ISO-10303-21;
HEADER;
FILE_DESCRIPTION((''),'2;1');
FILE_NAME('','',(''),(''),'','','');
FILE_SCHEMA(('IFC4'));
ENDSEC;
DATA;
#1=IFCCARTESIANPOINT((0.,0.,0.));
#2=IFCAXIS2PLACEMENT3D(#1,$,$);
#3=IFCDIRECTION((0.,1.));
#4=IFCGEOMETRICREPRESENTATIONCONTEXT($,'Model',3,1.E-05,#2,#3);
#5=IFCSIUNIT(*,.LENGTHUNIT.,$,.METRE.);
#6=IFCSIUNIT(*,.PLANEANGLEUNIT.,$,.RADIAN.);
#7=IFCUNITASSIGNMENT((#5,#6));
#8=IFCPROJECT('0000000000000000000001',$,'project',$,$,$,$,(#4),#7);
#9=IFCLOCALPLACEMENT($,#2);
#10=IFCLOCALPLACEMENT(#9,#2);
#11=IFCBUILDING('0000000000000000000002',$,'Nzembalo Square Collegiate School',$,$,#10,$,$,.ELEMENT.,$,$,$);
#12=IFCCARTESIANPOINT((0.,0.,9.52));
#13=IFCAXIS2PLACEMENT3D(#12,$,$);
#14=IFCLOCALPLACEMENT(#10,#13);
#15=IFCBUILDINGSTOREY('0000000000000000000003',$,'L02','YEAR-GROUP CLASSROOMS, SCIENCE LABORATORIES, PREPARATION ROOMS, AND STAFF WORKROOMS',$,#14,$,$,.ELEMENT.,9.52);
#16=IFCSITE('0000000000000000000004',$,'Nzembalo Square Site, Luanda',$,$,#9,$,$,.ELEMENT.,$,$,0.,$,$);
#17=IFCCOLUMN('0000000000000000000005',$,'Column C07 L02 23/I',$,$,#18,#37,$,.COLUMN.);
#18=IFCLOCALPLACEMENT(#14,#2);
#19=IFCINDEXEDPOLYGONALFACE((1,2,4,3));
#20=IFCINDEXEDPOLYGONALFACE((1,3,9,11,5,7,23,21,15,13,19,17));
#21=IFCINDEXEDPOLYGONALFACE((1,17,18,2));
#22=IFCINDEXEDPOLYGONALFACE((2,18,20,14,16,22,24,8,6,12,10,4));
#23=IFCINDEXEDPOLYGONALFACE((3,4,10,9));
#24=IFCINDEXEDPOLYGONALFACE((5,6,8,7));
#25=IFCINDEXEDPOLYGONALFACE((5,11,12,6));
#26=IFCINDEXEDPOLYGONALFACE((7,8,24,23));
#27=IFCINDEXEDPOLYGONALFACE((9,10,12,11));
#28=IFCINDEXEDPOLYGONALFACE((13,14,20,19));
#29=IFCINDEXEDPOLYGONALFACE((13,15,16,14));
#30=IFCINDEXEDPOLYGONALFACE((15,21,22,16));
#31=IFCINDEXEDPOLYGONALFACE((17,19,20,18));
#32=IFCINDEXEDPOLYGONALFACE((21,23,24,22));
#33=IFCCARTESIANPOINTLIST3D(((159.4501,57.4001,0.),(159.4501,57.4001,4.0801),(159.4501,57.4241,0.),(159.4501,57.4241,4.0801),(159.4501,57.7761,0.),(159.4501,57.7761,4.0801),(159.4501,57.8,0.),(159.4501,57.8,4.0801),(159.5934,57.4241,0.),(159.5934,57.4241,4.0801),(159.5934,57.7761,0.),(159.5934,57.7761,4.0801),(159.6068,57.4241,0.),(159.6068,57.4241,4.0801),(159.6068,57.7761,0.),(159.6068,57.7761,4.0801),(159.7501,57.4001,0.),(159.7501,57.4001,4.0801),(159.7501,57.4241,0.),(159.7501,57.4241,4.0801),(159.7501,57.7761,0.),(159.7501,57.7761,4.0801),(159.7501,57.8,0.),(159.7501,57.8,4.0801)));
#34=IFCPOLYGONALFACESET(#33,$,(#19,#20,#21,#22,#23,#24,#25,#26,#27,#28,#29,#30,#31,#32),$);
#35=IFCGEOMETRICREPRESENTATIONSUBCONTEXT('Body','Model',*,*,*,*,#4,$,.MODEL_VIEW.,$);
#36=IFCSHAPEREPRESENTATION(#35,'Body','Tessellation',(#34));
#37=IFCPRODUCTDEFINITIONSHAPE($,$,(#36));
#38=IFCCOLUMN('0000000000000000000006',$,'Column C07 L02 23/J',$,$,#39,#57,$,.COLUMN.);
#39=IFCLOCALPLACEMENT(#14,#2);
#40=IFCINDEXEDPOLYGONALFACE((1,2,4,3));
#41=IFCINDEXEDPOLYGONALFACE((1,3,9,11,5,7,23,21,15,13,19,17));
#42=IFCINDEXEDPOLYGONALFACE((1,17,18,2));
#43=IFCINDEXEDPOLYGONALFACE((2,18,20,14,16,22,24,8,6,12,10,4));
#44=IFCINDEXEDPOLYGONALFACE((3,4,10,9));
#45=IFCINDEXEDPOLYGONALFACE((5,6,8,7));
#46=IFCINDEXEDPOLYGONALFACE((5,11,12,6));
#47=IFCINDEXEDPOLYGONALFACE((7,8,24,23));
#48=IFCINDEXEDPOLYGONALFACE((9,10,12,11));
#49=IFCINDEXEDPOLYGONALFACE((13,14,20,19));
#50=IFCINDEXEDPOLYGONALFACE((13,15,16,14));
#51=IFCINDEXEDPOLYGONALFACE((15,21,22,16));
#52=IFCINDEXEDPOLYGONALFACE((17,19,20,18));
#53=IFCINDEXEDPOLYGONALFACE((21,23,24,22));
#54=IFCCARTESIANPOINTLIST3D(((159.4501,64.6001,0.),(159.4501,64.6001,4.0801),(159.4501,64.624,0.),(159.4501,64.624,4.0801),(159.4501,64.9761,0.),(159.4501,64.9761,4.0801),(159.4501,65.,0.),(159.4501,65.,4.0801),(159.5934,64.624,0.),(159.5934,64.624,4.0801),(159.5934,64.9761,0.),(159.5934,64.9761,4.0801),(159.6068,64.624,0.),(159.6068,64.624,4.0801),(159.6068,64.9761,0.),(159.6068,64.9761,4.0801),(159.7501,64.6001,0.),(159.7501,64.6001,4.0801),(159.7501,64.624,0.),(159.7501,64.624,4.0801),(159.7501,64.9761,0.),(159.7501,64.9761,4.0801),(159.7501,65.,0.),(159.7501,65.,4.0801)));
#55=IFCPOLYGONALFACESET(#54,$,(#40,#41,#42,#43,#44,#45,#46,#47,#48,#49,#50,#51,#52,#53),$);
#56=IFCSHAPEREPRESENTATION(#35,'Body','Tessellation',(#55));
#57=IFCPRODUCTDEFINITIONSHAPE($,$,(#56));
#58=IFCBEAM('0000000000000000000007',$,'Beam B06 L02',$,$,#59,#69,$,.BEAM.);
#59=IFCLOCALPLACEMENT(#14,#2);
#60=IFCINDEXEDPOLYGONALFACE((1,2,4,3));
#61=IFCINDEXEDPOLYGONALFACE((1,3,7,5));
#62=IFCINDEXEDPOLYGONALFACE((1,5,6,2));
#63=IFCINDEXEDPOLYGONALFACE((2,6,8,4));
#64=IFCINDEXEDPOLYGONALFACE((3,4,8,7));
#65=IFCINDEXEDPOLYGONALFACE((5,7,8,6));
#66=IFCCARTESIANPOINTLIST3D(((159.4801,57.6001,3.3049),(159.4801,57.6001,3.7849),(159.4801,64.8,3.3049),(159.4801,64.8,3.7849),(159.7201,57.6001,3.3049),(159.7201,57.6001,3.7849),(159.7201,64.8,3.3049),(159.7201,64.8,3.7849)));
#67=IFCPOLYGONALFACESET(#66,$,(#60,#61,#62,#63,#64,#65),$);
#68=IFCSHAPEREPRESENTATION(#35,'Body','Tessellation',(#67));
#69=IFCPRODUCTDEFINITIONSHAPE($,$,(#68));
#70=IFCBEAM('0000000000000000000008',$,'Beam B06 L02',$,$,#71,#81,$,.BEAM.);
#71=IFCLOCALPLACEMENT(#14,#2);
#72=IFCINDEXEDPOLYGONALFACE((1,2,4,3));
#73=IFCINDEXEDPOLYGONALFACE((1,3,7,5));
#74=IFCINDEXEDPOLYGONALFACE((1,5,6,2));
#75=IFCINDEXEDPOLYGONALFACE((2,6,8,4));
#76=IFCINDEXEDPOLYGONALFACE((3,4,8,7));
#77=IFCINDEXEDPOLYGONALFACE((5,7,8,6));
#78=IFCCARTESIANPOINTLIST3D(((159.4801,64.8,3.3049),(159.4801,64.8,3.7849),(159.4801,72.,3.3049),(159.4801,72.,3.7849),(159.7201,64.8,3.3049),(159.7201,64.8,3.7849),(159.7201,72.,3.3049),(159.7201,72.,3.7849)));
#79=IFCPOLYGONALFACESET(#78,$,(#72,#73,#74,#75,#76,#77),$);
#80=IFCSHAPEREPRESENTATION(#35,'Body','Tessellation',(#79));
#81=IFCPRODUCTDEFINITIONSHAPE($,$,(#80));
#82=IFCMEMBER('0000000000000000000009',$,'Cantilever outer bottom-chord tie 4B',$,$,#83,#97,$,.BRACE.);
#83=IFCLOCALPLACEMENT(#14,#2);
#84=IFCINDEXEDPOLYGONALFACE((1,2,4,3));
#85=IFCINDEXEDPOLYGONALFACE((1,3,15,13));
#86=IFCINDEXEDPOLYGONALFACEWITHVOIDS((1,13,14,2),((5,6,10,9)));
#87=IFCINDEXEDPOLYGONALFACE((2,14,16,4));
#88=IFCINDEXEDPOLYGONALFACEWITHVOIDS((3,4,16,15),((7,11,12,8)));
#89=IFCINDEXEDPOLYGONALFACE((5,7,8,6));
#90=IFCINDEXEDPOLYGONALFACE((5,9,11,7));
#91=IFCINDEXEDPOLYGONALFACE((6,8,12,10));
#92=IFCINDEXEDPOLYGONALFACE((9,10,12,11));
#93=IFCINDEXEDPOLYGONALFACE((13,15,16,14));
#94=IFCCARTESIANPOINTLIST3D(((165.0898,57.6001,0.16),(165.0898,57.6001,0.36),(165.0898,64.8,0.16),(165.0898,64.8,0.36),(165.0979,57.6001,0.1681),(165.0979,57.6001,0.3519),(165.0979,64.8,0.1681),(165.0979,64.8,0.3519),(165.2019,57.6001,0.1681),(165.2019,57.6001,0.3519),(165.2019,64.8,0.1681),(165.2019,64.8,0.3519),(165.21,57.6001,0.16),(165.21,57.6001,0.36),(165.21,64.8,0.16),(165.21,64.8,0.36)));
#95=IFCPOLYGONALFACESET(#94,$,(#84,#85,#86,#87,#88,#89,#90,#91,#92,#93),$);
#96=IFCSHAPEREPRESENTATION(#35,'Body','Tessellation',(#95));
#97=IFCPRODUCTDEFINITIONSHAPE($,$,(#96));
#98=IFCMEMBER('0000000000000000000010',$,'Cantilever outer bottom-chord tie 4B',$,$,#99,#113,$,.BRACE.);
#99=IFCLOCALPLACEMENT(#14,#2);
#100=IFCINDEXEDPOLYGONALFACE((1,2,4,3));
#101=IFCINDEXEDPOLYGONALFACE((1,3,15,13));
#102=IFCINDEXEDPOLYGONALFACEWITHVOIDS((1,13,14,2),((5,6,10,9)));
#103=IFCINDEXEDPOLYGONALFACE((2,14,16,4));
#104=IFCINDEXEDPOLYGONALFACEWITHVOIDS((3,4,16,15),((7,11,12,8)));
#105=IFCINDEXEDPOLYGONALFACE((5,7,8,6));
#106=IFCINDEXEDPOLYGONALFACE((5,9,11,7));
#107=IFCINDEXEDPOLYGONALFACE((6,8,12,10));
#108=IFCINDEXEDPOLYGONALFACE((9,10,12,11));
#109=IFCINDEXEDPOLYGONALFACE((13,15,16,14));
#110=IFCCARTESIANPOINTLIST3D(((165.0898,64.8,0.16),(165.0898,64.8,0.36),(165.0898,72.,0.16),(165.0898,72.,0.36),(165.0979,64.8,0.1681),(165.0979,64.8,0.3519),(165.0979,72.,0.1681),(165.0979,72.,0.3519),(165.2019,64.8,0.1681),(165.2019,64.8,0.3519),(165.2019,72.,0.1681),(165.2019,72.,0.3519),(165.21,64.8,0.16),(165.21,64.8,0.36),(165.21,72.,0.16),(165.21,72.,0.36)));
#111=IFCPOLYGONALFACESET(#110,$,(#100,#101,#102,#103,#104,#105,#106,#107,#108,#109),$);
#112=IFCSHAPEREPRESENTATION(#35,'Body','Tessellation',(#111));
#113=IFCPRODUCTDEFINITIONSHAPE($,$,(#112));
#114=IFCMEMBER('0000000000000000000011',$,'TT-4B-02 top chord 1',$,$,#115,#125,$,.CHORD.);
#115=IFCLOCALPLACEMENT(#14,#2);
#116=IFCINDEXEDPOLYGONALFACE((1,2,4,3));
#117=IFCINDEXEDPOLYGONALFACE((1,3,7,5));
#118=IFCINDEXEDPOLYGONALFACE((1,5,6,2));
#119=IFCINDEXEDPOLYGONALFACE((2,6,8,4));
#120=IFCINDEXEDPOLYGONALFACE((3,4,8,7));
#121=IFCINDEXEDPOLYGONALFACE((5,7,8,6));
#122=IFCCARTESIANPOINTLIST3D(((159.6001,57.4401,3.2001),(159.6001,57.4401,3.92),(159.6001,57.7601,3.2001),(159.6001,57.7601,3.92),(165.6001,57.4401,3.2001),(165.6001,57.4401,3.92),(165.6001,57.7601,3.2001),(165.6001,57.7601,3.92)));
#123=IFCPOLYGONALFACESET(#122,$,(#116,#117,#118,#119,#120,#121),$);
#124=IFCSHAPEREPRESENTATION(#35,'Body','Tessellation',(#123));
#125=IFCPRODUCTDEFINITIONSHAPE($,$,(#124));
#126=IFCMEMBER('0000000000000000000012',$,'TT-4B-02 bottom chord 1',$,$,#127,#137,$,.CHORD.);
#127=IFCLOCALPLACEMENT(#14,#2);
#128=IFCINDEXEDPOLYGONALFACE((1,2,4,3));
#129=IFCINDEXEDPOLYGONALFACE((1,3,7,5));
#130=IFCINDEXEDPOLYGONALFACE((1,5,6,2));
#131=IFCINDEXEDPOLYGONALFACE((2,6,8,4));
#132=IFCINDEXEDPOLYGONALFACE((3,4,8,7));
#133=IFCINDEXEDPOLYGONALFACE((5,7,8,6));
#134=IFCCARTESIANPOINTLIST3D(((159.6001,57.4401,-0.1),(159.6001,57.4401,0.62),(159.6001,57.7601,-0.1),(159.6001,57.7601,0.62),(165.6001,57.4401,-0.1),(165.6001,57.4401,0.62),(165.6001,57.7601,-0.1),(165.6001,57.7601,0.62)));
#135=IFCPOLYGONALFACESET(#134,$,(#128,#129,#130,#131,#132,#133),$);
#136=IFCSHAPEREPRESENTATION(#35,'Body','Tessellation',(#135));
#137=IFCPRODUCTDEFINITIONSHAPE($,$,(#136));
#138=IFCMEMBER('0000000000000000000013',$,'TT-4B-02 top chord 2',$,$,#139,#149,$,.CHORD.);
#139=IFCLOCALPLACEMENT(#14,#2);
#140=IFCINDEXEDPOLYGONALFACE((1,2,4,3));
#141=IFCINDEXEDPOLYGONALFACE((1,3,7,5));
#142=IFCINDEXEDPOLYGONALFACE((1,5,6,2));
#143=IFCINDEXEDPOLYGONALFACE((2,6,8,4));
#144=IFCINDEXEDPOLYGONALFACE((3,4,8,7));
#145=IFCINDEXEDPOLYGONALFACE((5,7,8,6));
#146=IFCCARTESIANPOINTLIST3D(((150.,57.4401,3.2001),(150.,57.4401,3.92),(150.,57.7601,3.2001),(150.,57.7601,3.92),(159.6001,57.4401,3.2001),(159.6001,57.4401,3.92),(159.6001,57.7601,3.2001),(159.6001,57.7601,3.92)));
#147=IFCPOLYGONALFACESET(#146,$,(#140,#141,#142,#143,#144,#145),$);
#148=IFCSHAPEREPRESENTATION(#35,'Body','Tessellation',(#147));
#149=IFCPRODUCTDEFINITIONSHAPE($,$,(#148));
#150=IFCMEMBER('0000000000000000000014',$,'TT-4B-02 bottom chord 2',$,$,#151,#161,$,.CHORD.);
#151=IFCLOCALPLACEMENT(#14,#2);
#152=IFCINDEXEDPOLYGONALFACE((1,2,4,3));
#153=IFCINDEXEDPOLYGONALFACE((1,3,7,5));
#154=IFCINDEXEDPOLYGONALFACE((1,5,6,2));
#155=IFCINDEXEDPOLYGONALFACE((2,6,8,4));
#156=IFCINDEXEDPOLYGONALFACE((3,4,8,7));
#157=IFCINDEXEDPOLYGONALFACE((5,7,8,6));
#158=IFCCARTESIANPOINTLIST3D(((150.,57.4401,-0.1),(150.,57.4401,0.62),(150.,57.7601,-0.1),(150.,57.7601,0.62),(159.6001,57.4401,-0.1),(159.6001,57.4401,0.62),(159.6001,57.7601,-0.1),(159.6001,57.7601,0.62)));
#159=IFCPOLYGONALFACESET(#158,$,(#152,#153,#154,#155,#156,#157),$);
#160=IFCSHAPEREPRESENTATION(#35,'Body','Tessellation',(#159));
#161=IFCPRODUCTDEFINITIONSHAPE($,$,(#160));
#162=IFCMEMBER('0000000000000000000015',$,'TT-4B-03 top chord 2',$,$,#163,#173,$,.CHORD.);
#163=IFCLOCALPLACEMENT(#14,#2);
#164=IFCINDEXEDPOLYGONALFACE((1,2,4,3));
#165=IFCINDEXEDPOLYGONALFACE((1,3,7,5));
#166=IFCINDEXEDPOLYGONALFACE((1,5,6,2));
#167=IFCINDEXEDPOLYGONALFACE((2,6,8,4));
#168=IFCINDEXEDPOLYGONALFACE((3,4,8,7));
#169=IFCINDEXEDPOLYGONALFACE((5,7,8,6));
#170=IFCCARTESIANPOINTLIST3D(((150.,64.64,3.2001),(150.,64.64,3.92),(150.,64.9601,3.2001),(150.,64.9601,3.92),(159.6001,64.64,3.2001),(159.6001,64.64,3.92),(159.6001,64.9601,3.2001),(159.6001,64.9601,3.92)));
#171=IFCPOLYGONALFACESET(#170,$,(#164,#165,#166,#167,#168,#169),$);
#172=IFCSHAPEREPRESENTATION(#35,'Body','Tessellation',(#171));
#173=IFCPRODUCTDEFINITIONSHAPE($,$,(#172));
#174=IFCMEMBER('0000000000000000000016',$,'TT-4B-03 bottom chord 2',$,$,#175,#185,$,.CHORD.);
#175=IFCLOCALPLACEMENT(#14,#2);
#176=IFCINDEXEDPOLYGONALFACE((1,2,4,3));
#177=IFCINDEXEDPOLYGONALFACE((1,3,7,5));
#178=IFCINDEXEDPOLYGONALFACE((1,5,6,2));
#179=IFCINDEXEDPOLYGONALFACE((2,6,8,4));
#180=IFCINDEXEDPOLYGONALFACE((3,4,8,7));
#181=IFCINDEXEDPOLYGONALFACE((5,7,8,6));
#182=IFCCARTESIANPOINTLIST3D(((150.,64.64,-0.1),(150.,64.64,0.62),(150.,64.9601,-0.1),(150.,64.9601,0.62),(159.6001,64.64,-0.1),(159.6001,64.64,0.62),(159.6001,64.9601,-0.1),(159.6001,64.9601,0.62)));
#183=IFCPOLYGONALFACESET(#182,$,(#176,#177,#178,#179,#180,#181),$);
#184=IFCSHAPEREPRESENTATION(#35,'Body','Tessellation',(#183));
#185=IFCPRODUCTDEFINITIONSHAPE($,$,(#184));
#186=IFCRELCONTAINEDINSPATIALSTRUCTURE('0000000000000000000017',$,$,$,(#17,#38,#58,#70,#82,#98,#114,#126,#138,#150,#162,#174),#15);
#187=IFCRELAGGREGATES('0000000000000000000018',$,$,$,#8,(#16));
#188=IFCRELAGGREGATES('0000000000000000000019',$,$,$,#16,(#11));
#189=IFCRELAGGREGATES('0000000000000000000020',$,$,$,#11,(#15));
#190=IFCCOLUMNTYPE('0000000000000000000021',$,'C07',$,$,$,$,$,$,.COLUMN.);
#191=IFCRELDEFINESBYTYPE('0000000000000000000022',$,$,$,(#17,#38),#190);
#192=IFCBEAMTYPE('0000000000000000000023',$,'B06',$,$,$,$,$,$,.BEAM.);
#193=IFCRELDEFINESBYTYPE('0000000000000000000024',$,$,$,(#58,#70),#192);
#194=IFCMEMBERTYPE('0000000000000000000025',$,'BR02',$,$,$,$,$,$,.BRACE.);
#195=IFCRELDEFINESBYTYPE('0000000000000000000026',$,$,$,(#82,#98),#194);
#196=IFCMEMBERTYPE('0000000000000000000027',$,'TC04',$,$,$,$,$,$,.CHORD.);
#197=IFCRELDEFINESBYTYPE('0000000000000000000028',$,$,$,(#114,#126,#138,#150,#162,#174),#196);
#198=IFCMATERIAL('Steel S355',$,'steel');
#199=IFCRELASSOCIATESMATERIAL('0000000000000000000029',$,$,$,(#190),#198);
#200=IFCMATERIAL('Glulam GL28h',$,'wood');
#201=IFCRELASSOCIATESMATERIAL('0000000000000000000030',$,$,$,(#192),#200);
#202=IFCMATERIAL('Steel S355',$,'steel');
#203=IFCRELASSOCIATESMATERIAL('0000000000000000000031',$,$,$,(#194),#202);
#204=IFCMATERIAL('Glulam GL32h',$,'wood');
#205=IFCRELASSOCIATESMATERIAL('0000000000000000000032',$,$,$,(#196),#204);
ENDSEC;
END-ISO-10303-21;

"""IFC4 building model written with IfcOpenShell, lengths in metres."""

from ifc_helpers import new_model, si_unit, direction, frame, origin, origin_2d, place, context, subcontext, project, spatial, rectangle, hollow_rectangle, i_section, extrude, material, material_profile, profile_set, type_object, element, save


model = new_model("IFC4")

# Units and contexts
model_context = context("Model", 3, precision=1e-05, world=origin(), true_north=direction((0.0, 1.0)))
body_context = subcontext(model_context, "Body", "Model", "MODEL_VIEW")
ifc_project = project(units=[si_unit("LENGTHUNIT", "METRE"), si_unit("PLANEANGLEUNIT", "RADIAN")], contexts=[model_context])

# Site, building, storey
site_placement = place(None, origin())
site = spatial("IfcSite", under=ifc_project, at=site_placement, Name="Nzembalo Square Site, Luanda", CompositionType="ELEMENT", RefElevation=0.0)
building_placement = place(site_placement, origin())
building = spatial("IfcBuilding", under=site, at=building_placement, Name="Nzembalo Square Collegiate School", CompositionType="ELEMENT")
storey_placement = place(building_placement, frame((0.0, 0.0, 9.52)))
storey = spatial("IfcBuildingStorey", under=building, at=storey_placement, Name="L02", Description="YEAR-GROUP CLASSROOMS, SCIENCE LABORATORIES, PREPARATION ROOMS, AND STAFF WORKROOMS", CompositionType="ELEMENT", Elevation=9.52)

# Columns
ifc_material_1 = material(Name="Steel S355", Category="steel")
ifc_material_profile_1 = material_profile(ifc_material_1, i_section(OverallWidth=0.3, OverallDepth=0.3999, WebThickness=0.0134, FlangeThickness=0.0239, at=origin_2d()), Name="HEB 400")
ifc_profile_set_1 = profile_set([ifc_material_profile_1], Name="Steel S355")
column_type = type_object("IfcColumnType", Name="C07", PredefinedType="COLUMN", material=ifc_profile_set_1)
for number, where, z_axis, x_axis, name in (
    (1, (159.6001, 57.6001, 0.0), (0.0, 0.0, 1.0), (1.0, 0.0, 0.0), "Column C07 L02 23/I"),
    (2, (159.6001, 64.8, 0.0), (0.0, 0.0, 1.0), (1.0, 0.0, 0.0), "Column C07 L02 23/J"),
):
    element("IfcColumn", number, at=place(storey_placement, frame(where, z_axis=z_axis, x_axis=x_axis)), inside=storey, type_object=column_type, Name=name, PredefinedType="COLUMN", context=body_context, shape_type="SweptSolid", body=[
        extrude(i_section(OverallWidth=0.3, OverallDepth=0.3999, WebThickness=0.0134, FlangeThickness=0.0239, at=origin_2d()), origin(), (0.0, 0.0, 1.0), 4.0801),
    ])

# Beams
ifc_material_2 = material(Name="Glulam GL28h", Category="wood")
ifc_material_profile_2 = material_profile(ifc_material_2, rectangle(XDim=0.24, YDim=0.48, at=origin_2d()), Name="GL28h 240x480")
ifc_profile_set_2 = profile_set([ifc_material_profile_2], Name="Glulam GL28h")
beam_type = type_object("IfcBeamType", Name="B06", PredefinedType="BEAM", material=ifc_profile_set_2)
for number, where, z_axis, x_axis, name in (
    (3, (159.6001, 57.6001, 3.5449), (0.0, 1.0, 0.0), (-1.0, 0.0, 0.0), "Beam B06 L02"),
    (4, (159.6001, 64.8, 3.5449), (0.0, 1.0, 0.0), (-1.0, 0.0, 0.0), "Beam B06 L02"),
):
    element("IfcBeam", number, at=place(storey_placement, frame(where, z_axis=z_axis, x_axis=x_axis)), inside=storey, type_object=beam_type, Name=name, PredefinedType="BEAM", context=body_context, shape_type="SweptSolid", body=[
        extrude(rectangle(XDim=0.24, YDim=0.48, at=origin_2d()), origin(), (0.0, 0.0, 1.0), 7.2),
    ])

# Members
ifc_material_3 = material(Name="Steel S355", Category="steel")
ifc_material_profile_3 = material_profile(ifc_material_3, hollow_rectangle(XDim=0.1201, YDim=0.2, WallThickness=0.0081, at=origin_2d()), Name="RHS 200x120x8")
ifc_profile_set_3 = profile_set([ifc_material_profile_3], Name="Steel S355")
member_type_1 = type_object("IfcMemberType", Name="BR02", PredefinedType="BRACE", material=ifc_profile_set_3)
for number, where, z_axis, x_axis, name in (
    (5, (165.1499, 57.6001, 0.26), (0.0, 1.0, 0.0), (-1.0, 0.0, 0.0), "Cantilever outer bottom-chord tie 4B"),
    (6, (165.1499, 64.8, 0.26), (0.0, 1.0, 0.0), (-1.0, 0.0, 0.0), "Cantilever outer bottom-chord tie 4B"),
):
    element("IfcMember", number, at=place(storey_placement, frame(where, z_axis=z_axis, x_axis=x_axis)), inside=storey, type_object=member_type_1, Name=name, PredefinedType="BRACE", context=body_context, shape_type="SweptSolid", body=[
        extrude(hollow_rectangle(XDim=0.1201, YDim=0.2, WallThickness=0.0081, at=origin_2d()), origin(), (0.0, 0.0, 1.0), 7.2),
    ])
ifc_material_4 = material(Name="Glulam GL32h", Category="wood")
ifc_material_profile_4 = material_profile(ifc_material_4, rectangle(XDim=0.3201, YDim=0.72, at=origin_2d()), Name="GL32h 320x720")
ifc_profile_set_4 = profile_set([ifc_material_profile_4], Name="Glulam GL32h")
member_type_2 = type_object("IfcMemberType", Name="TC04", PredefinedType="CHORD", material=ifc_profile_set_4)
for number, where, z_axis, x_axis, name in (
    (7, (165.6001, 57.6001, 3.5601), (-1.0, 0.0, 0.0), (0.0, -1.0, 0.0), "TT-4B-02 top chord 1"),
    (8, (165.6001, 57.6001, 0.26), (-1.0, 0.0, 0.0), (0.0, -1.0, 0.0), "TT-4B-02 bottom chord 1"),
):
    element("IfcMember", number, at=place(storey_placement, frame(where, z_axis=z_axis, x_axis=x_axis)), inside=storey, type_object=member_type_2, Name=name, PredefinedType="CHORD", context=body_context, shape_type="SweptSolid", body=[
        extrude(rectangle(XDim=0.3201, YDim=0.72, at=origin_2d()), origin(), (0.0, 0.0, 1.0), 6.0),
    ])
for number, where, z_axis, x_axis, name in (
    (9, (159.6001, 57.6001, 3.5601), (-1.0, 0.0, 0.0), (0.0, -1.0, 0.0), "TT-4B-02 top chord 2"),
    (10, (159.6001, 57.6001, 0.26), (-1.0, 0.0, 0.0), (0.0, -1.0, 0.0), "TT-4B-02 bottom chord 2"),
    (11, (159.6001, 64.8, 3.5601), (-1.0, 0.0, 0.0), (0.0, -1.0, 0.0), "TT-4B-03 top chord 2"),
    (12, (159.6001, 64.8, 0.26), (-1.0, 0.0, 0.0), (0.0, -1.0, 0.0), "TT-4B-03 bottom chord 2"),
):
    element("IfcMember", number, at=place(storey_placement, frame(where, z_axis=z_axis, x_axis=x_axis)), inside=storey, type_object=member_type_2, Name=name, PredefinedType="CHORD", context=body_context, shape_type="SweptSolid", body=[
        extrude(rectangle(XDim=0.3201, YDim=0.72, at=origin_2d()), origin(), (0.0, 0.0, 1.0), 9.6001),
    ])

save(model, "model.ifc")
